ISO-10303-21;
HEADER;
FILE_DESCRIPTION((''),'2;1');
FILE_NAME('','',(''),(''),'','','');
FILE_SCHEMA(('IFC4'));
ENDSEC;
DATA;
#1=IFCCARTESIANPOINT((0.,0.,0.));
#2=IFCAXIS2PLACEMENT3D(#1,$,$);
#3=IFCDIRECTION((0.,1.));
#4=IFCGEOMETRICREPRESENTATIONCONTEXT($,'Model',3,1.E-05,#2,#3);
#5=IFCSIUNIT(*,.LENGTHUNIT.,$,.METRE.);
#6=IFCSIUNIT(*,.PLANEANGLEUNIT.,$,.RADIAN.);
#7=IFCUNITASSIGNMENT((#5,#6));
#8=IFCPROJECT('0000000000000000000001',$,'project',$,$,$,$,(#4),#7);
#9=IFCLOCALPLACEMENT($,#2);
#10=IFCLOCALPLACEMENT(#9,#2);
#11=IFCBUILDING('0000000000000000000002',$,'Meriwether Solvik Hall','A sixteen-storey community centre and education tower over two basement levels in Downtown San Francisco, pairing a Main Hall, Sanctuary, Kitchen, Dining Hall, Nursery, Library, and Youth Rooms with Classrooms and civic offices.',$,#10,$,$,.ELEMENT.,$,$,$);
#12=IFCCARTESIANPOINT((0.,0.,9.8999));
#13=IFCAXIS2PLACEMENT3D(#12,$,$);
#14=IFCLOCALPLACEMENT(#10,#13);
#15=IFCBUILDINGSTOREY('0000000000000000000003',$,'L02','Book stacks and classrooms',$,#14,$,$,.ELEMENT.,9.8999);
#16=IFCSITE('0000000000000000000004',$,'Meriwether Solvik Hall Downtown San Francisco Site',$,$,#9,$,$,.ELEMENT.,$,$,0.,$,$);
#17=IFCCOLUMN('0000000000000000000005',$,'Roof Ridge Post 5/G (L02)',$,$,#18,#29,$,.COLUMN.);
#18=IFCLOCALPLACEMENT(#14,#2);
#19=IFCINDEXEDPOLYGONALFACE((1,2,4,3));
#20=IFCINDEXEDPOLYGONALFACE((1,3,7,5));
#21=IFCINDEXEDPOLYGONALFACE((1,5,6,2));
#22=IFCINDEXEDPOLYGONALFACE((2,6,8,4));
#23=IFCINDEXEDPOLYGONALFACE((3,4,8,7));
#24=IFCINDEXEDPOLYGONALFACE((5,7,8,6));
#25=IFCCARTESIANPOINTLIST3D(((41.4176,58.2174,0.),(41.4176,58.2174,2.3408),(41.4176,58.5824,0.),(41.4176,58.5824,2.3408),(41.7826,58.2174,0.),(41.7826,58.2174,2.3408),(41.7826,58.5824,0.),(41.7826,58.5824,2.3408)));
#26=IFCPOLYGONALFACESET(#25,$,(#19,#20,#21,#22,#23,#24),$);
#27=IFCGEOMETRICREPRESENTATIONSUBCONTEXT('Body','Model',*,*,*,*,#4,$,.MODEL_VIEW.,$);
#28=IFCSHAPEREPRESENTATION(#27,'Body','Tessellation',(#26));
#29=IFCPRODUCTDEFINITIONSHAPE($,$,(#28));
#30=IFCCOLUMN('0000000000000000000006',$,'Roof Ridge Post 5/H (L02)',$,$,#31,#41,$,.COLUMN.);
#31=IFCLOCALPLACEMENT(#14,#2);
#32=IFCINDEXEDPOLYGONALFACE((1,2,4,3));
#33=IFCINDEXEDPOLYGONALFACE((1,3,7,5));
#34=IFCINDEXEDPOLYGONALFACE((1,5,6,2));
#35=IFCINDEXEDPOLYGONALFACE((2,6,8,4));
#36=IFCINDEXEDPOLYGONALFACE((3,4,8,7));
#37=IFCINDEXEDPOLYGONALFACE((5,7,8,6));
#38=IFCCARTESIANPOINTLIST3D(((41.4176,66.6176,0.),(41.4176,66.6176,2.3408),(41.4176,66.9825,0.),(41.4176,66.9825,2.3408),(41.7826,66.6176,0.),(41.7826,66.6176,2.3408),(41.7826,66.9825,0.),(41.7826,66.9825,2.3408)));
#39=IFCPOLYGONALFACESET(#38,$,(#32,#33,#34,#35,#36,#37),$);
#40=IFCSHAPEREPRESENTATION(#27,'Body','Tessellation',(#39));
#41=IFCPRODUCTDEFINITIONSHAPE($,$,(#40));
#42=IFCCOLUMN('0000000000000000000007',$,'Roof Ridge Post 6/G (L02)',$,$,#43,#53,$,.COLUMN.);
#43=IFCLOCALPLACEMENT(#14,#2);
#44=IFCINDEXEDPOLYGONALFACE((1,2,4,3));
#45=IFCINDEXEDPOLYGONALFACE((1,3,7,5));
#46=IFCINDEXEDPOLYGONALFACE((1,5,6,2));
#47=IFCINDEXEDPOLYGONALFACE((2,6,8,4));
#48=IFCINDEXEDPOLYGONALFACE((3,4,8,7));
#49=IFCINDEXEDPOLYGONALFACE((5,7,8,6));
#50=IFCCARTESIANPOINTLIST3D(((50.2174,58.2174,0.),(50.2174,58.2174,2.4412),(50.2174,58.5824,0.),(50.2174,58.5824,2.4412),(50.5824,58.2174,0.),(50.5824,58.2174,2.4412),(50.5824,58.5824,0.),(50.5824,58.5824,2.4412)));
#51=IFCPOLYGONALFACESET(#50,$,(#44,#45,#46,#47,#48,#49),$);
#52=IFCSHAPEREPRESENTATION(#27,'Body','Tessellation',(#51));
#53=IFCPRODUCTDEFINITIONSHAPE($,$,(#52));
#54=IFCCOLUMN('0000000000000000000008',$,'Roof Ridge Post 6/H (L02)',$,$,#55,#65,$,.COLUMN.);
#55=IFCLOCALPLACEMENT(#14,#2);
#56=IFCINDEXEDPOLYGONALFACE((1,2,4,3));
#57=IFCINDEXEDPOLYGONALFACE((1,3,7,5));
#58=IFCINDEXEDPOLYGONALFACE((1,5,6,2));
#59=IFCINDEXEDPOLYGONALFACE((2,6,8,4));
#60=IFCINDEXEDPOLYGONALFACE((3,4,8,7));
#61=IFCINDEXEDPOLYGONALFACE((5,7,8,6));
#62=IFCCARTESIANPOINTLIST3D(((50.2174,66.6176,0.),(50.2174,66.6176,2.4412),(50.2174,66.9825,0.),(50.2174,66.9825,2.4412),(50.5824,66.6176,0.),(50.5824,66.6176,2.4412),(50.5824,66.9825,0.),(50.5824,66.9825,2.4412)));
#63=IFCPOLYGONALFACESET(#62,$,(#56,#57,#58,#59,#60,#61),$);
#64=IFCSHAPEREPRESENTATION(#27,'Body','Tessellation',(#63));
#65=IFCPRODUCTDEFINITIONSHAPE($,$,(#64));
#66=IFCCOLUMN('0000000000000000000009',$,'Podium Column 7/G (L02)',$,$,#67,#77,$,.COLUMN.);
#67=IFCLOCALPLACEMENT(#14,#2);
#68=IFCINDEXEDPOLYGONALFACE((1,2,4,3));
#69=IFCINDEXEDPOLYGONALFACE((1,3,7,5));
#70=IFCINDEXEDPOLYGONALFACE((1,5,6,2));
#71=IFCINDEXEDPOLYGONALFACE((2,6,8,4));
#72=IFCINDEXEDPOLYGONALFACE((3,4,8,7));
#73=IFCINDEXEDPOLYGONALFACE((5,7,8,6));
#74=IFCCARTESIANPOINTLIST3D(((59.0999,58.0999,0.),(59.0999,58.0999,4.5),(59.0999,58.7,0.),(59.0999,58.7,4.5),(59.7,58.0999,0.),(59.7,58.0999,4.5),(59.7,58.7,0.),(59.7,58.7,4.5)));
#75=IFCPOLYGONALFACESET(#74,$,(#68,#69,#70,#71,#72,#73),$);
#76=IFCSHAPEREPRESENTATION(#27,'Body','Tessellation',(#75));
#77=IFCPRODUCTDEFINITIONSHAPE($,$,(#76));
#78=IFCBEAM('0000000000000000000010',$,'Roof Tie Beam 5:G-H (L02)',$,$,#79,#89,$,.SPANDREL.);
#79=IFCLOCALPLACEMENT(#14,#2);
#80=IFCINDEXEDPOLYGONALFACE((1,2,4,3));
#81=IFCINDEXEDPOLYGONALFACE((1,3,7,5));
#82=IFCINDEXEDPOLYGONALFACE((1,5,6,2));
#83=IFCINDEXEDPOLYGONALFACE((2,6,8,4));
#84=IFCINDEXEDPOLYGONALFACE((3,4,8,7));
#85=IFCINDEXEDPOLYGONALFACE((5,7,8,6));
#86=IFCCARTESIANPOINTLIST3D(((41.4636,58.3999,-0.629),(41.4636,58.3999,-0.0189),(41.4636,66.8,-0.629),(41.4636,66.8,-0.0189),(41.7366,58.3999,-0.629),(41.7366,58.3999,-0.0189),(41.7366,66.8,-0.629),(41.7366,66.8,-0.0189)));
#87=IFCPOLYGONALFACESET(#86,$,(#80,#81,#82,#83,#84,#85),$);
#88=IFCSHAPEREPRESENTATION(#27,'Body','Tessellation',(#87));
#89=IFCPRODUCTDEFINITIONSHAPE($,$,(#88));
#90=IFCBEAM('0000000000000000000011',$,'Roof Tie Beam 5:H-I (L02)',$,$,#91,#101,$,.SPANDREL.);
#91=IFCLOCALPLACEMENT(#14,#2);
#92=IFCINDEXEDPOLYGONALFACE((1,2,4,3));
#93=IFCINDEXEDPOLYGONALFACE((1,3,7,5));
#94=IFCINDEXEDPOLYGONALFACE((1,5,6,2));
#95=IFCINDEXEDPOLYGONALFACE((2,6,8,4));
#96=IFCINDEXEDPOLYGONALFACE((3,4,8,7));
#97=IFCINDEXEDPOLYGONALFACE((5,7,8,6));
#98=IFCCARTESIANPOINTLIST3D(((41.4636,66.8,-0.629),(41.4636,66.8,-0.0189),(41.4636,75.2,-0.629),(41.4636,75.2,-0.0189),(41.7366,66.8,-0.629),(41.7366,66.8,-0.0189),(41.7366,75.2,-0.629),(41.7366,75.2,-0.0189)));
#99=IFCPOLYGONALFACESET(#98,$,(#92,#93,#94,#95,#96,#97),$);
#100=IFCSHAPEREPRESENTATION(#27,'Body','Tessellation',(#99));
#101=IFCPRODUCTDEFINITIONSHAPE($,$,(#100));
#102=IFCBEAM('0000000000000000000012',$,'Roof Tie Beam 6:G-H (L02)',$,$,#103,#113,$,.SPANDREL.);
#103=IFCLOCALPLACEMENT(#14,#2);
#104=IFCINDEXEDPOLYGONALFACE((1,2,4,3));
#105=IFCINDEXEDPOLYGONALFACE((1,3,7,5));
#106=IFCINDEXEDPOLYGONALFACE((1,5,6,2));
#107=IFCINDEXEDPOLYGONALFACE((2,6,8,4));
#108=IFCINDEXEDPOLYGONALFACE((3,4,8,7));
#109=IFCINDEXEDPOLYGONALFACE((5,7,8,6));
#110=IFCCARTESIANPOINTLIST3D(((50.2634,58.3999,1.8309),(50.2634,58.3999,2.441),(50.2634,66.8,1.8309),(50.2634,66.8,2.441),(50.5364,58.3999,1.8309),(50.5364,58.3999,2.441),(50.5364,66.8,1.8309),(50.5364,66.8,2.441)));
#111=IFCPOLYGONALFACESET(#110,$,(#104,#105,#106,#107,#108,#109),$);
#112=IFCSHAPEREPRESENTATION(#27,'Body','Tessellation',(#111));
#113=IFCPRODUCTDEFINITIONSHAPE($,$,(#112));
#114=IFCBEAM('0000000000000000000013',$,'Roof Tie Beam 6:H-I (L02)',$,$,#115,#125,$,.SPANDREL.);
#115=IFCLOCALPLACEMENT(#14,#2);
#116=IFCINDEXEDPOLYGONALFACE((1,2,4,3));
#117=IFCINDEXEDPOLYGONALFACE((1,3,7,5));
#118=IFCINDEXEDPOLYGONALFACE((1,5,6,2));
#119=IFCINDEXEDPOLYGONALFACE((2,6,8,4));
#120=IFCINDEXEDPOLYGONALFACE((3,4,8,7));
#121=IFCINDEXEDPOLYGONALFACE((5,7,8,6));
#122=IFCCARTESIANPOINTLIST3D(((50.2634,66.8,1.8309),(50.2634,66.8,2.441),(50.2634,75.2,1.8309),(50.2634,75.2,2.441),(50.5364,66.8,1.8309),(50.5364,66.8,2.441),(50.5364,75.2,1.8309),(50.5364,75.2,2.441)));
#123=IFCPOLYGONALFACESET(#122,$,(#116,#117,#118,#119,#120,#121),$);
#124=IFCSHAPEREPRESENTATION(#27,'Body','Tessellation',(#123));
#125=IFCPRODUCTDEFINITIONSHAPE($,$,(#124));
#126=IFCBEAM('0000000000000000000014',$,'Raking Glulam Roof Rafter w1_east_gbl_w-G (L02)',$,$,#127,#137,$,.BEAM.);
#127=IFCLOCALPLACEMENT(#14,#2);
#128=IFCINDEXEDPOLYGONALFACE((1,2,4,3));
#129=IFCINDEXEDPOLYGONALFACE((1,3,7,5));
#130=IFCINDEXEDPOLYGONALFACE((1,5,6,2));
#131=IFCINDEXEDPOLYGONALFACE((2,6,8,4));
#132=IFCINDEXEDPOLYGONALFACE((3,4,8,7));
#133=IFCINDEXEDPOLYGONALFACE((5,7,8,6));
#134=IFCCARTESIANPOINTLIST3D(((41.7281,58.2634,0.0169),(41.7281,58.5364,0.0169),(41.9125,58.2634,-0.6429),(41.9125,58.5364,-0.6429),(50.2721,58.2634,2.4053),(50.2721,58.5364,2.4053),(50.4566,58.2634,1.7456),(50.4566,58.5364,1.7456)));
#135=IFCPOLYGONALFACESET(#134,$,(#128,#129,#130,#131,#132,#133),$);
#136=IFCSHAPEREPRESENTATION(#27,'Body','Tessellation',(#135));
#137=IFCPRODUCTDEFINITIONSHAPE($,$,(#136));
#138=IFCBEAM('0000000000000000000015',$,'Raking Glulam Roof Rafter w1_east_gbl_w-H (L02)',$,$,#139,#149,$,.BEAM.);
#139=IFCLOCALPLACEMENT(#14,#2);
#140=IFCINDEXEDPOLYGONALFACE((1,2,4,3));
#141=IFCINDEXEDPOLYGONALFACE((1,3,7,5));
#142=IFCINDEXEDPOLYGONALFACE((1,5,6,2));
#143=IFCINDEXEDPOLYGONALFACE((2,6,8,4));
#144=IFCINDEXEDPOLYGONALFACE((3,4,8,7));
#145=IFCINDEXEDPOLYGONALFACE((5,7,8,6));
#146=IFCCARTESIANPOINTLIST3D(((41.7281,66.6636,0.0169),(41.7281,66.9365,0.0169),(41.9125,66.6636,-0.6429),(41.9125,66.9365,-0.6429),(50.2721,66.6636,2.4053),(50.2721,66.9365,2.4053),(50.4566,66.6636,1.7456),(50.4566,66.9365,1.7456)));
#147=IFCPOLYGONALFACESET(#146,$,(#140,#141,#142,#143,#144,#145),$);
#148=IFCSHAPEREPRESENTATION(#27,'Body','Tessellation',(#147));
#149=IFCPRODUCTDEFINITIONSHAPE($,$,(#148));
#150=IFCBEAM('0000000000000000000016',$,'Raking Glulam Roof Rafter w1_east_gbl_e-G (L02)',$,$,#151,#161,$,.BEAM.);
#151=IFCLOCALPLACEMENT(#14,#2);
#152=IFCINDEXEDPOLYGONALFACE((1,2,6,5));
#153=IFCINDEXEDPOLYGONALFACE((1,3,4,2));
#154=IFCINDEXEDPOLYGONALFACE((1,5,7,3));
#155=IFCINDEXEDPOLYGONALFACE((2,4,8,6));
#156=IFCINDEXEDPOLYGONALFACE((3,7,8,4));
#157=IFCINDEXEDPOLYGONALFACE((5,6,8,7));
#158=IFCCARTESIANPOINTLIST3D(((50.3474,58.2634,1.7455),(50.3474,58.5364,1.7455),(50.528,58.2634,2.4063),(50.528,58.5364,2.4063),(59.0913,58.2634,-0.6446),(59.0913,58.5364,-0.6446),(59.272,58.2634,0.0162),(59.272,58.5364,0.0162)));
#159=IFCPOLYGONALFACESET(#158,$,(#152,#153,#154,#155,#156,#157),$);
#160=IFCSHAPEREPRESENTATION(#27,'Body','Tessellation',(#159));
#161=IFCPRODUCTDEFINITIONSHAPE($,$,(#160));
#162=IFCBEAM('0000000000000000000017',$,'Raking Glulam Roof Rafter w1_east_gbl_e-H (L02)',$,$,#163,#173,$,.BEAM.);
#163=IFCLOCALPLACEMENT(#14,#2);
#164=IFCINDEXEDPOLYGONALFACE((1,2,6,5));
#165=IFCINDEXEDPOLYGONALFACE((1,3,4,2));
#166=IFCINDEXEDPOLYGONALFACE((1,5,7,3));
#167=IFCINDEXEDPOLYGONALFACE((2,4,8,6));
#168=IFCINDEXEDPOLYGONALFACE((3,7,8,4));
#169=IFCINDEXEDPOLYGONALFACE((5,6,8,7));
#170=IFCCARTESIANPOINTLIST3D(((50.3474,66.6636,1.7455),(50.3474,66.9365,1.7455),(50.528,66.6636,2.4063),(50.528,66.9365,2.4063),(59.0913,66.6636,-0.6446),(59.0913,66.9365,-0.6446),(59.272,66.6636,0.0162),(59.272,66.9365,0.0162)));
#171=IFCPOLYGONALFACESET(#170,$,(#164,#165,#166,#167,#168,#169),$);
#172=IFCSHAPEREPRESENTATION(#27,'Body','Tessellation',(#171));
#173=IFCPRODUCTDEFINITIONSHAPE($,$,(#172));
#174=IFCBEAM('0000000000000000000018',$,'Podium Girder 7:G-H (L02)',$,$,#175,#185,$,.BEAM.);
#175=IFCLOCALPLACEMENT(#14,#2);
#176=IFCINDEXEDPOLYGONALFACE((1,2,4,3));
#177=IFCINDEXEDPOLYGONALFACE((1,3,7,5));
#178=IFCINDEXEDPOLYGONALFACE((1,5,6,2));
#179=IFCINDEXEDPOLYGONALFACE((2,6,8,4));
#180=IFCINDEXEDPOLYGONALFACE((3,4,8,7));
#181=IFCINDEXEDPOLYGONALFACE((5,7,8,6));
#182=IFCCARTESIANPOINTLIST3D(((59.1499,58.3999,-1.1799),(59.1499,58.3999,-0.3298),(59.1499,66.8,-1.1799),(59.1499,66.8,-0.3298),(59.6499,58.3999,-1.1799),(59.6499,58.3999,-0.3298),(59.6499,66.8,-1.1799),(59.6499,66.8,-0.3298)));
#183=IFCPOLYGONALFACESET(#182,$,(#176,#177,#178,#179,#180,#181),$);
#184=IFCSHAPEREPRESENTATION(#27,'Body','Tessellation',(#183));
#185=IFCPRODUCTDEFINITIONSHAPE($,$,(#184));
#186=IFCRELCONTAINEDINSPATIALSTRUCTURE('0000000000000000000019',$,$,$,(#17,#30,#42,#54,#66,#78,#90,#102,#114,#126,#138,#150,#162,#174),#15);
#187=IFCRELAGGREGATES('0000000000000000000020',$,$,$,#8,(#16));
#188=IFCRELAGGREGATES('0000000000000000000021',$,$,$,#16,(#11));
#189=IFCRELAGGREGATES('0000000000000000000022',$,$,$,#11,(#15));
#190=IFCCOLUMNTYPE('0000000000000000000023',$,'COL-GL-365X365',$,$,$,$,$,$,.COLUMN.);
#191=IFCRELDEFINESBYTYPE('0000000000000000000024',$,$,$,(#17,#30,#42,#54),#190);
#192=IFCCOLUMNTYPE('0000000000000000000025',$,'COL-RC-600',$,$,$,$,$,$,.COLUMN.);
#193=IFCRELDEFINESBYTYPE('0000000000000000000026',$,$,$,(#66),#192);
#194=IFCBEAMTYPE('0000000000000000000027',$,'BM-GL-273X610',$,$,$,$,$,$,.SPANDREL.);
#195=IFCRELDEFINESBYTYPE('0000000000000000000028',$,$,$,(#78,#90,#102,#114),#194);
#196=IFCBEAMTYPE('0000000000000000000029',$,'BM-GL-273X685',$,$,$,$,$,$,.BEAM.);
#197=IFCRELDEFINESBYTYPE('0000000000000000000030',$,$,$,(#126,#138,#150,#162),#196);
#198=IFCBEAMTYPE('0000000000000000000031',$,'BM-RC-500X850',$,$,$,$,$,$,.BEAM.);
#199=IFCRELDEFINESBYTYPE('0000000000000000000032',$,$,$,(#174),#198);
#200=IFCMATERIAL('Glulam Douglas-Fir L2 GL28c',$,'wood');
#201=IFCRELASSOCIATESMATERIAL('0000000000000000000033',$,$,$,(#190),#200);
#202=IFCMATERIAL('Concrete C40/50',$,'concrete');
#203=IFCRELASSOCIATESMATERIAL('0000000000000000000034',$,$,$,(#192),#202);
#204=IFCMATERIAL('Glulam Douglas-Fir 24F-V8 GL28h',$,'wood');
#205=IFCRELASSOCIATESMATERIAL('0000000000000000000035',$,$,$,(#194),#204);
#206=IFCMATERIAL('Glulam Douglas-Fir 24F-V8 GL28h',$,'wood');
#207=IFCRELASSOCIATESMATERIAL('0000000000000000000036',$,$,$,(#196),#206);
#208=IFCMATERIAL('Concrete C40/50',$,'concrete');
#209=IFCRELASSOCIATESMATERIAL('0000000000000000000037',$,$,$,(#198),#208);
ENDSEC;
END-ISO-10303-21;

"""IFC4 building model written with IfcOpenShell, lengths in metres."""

from ifc_helpers import new_model, si_unit, direction, frame, origin, origin_2d, place, context, subcontext, project, spatial, rectangle, extrude, material, material_profile, profile_set, type_object, element, save


model = new_model("IFC4")

# Units and contexts
model_context = context("Model", 3, precision=1e-05, world=origin(), true_north=direction((0.0, 1.0)))
body_context = subcontext(model_context, "Body", "Model", "MODEL_VIEW")
ifc_project = project(units=[si_unit("LENGTHUNIT", "METRE"), si_unit("PLANEANGLEUNIT", "RADIAN")], contexts=[model_context])

# Site, building, storey
site_placement = place(None, origin())
site = spatial("IfcSite", under=ifc_project, at=site_placement, Name="Meriwether Solvik Hall Downtown San Francisco Site", CompositionType="ELEMENT", RefElevation=0.0)
building_placement = place(site_placement, origin())
building = spatial("IfcBuilding", under=site, at=building_placement, Name="Meriwether Solvik Hall", Description="A sixteen-storey community centre and education tower over two basement levels in Downtown San Francisco, pairing a Main Hall, Sanctuary, Kitchen, Dining Hall, Nursery, Library, and Youth Rooms with Classrooms and civic offices.", CompositionType="ELEMENT")
storey_placement = place(building_placement, frame((0.0, 0.0, 9.8999)))
storey = spatial("IfcBuildingStorey", under=building, at=storey_placement, Name="L02", Description="Book stacks and classrooms", CompositionType="ELEMENT", Elevation=9.8999)

# Columns
ifc_material_1 = material(Name="Glulam Douglas-Fir L2 GL28c", Category="wood")
ifc_material_profile_1 = material_profile(ifc_material_1, rectangle(XDim=0.365, YDim=0.365, at=origin_2d()), Name="GLC-365X365")
ifc_profile_set_1 = profile_set([ifc_material_profile_1], Name="Glulam Douglas-Fir L2 GL28c")
column_type_1 = type_object("IfcColumnType", Name="COL-GL-365X365", PredefinedType="COLUMN", material=ifc_profile_set_1)
for number, where, z_axis, x_axis, name in (
    (1, (41.6001, 58.3999, 0.0), (0.0, 0.0, 1.0), (1.0, 0.0, 0.0), "Roof Ridge Post 5/G (L02)"),
    (2, (41.6001, 66.8, 0.0), (0.0, 0.0, 1.0), (1.0, 0.0, 0.0), "Roof Ridge Post 5/H (L02)"),
):
    element("IfcColumn", number, at=place(storey_placement, frame(where, z_axis=z_axis, x_axis=x_axis)), inside=storey, type_object=column_type_1, Name=name, PredefinedType="COLUMN", context=body_context, shape_type="SweptSolid", body=[
        extrude(rectangle(XDim=0.365, YDim=0.365, at=origin_2d()), origin(), (0.0, 0.0, 1.0), 2.3408),
    ])
for number, where, z_axis, x_axis, name in (
    (3, (50.3999, 58.3999, 0.0), (0.0, 0.0, 1.0), (1.0, 0.0, 0.0), "Roof Ridge Post 6/G (L02)"),
    (4, (50.3999, 66.8, 0.0), (0.0, 0.0, 1.0), (1.0, 0.0, 0.0), "Roof Ridge Post 6/H (L02)"),
):
    element("IfcColumn", number, at=place(storey_placement, frame(where, z_axis=z_axis, x_axis=x_axis)), inside=storey, type_object=column_type_1, Name=name, PredefinedType="COLUMN", context=body_context, shape_type="SweptSolid", body=[
        extrude(rectangle(XDim=0.365, YDim=0.365, at=origin_2d()), origin(), (0.0, 0.0, 1.0), 2.4412),
    ])
ifc_material_2 = material(Name="Concrete C40/50", Category="concrete")
ifc_material_profile_2 = material_profile(ifc_material_2, rectangle(XDim=0.6001, YDim=0.6001, at=origin_2d()), Name="RCC-600X600")
ifc_profile_set_2 = profile_set([ifc_material_profile_2], Name="Concrete C40/50")
column_type_2 = type_object("IfcColumnType", Name="COL-RC-600", PredefinedType="COLUMN", material=ifc_profile_set_2)
column_placement = place(storey_placement, frame((59.3999, 58.3999, 0.0), z_axis=(0.0, 0.0, 1.0), x_axis=(1.0, 0.0, 0.0)))
element("IfcColumn", 5, at=column_placement, inside=storey, type_object=column_type_2, Name="Podium Column 7/G (L02)", PredefinedType="COLUMN", context=body_context, shape_type="SweptSolid", body=[
    extrude(rectangle(XDim=0.6001, YDim=0.6001, at=origin_2d()), origin(), (0.0, 0.0, 1.0), 4.5),
])

# Beams
ifc_material_3 = material(Name="Glulam Douglas-Fir 24F-V8 GL28h", Category="wood")
ifc_material_profile_3 = material_profile(ifc_material_3, rectangle(XDim=0.2729, YDim=0.6101, at=origin_2d()), Name="GLB-273X610")
ifc_profile_set_3 = profile_set([ifc_material_profile_3], Name="Glulam Douglas-Fir 24F-V8 GL28h")
beam_type_1 = type_object("IfcBeamType", Name="BM-GL-273X610", PredefinedType="SPANDREL", material=ifc_profile_set_3)
beam_1_placement = place(storey_placement, frame((41.6001, 58.3999, -0.324), z_axis=(0.0, 1.0, 0.0), x_axis=(-1.0, 0.0, 0.0)))
element("IfcBeam", 6, at=beam_1_placement, inside=storey, type_object=beam_type_1, Name="Roof Tie Beam 5:G-H (L02)", PredefinedType="SPANDREL", context=body_context, shape_type="SweptSolid", body=[
    extrude(rectangle(XDim=0.2729, YDim=0.6101, at=origin_2d()), origin(), (0.0, 0.0, 1.0), 8.4001),
])
beam_2_placement = place(storey_placement, frame((41.6001, 66.8, -0.324), z_axis=(0.0, 1.0, 0.0), x_axis=(-1.0, 0.0, 0.0)))
element("IfcBeam", 7, at=beam_2_placement, inside=storey, type_object=beam_type_1, Name="Roof Tie Beam 5:H-I (L02)", PredefinedType="SPANDREL", context=body_context, shape_type="SweptSolid", body=[
    extrude(rectangle(XDim=0.2729, YDim=0.6101, at=origin_2d()), origin(), (0.0, 0.0, 1.0), 8.3999),
])
beam_3_placement = place(storey_placement, frame((50.3999, 58.3999, 2.136), z_axis=(0.0, 1.0, 0.0), x_axis=(-1.0, 0.0, 0.0)))
element("IfcBeam", 8, at=beam_3_placement, inside=storey, type_object=beam_type_1, Name="Roof Tie Beam 6:G-H (L02)", PredefinedType="SPANDREL", context=body_context, shape_type="SweptSolid", body=[
    extrude(rectangle(XDim=0.2729, YDim=0.6101, at=origin_2d()), origin(), (0.0, 0.0, 1.0), 8.4001),
])
beam_4_placement = place(storey_placement, frame((50.3999, 66.8, 2.136), z_axis=(0.0, 1.0, 0.0), x_axis=(-1.0, 0.0, 0.0)))
element("IfcBeam", 9, at=beam_4_placement, inside=storey, type_object=beam_type_1, Name="Roof Tie Beam 6:H-I (L02)", PredefinedType="SPANDREL", context=body_context, shape_type="SweptSolid", body=[
    extrude(rectangle(XDim=0.2729, YDim=0.6101, at=origin_2d()), origin(), (0.0, 0.0, 1.0), 8.3999),
])
ifc_material_4 = material(Name="Glulam Douglas-Fir 24F-V8 GL28h", Category="wood")
ifc_material_profile_4 = material_profile(ifc_material_4, rectangle(XDim=0.2729, YDim=0.6851, at=origin_2d()), Name="GLB-273X685")
ifc_profile_set_4 = profile_set([ifc_material_profile_4], Name="Glulam Douglas-Fir 24F-V8 GL28h")
beam_type_2 = type_object("IfcBeamType", Name="BM-GL-273X685", PredefinedType="BEAM", material=ifc_profile_set_4)
for number, where, z_axis, x_axis, name in (
    (10, (41.8203, 58.3999, -0.313), (0.963077, 0.0, 0.269225), (0.0, 1.0, 0.0), "Raking Glulam Roof Rafter w1_east_gbl_w-G (L02)"),
    (11, (41.8203, 66.8, -0.313), (0.963077, 0.0, 0.269225), (0.0, 1.0, 0.0), "Raking Glulam Roof Rafter w1_east_gbl_w-H (L02)"),
):
    element("IfcBeam", number, at=place(storey_placement, frame(where, z_axis=z_axis, x_axis=x_axis)), inside=storey, type_object=beam_type_2, Name=name, PredefinedType="BEAM", context=body_context, shape_type="SweptSolid", body=[
        extrude(rectangle(XDim=0.2729, YDim=0.6851, at=origin_2d()), origin(), (0.0, 0.0, 1.0), 8.8716),
    ])
for number, where, z_axis, x_axis, name in (
    (12, (59.1816, 58.3999, -0.3142), (-0.964611, 0.0, 0.263676), (0.0, -1.0, 0.0), "Raking Glulam Roof Rafter w1_east_gbl_e-G (L02)"),
    (13, (59.1816, 66.8, -0.3142), (-0.964611, 0.0, 0.263676), (0.0, -1.0, 0.0), "Raking Glulam Roof Rafter w1_east_gbl_e-H (L02)"),
):
    element("IfcBeam", number, at=place(storey_placement, frame(where, z_axis=z_axis, x_axis=x_axis)), inside=storey, type_object=beam_type_2, Name=name, PredefinedType="BEAM", context=body_context, shape_type="SweptSolid", body=[
        extrude(rectangle(XDim=0.2729, YDim=0.6851, at=origin_2d()), origin(), (0.0, 0.0, 1.0), 9.0647),
    ])
ifc_material_5 = material(Name="Concrete C40/50", Category="concrete")
ifc_material_profile_5 = material_profile(ifc_material_5, rectangle(XDim=0.5, YDim=0.8501, at=origin_2d()), Name="RCB-500X850")
ifc_profile_set_5 = profile_set([ifc_material_profile_5], Name="Concrete C40/50")
beam_type_3 = type_object("IfcBeamType", Name="BM-RC-500X850", PredefinedType="BEAM", material=ifc_profile_set_5)
beam_5_placement = place(storey_placement, frame((59.3999, 58.3999, -0.7549), z_axis=(0.0, 1.0, 0.0), x_axis=(-1.0, 0.0, 0.0)))
element("IfcBeam", 14, at=beam_5_placement, inside=storey, type_object=beam_type_3, Name="Podium Girder 7:G-H (L02)", PredefinedType="BEAM", context=body_context, shape_type="SweptSolid", body=[
    extrude(rectangle(XDim=0.5, YDim=0.8501, at=origin_2d()), origin(), (0.0, 0.0, 1.0), 8.4001),
])

save(model, "model.ifc")
